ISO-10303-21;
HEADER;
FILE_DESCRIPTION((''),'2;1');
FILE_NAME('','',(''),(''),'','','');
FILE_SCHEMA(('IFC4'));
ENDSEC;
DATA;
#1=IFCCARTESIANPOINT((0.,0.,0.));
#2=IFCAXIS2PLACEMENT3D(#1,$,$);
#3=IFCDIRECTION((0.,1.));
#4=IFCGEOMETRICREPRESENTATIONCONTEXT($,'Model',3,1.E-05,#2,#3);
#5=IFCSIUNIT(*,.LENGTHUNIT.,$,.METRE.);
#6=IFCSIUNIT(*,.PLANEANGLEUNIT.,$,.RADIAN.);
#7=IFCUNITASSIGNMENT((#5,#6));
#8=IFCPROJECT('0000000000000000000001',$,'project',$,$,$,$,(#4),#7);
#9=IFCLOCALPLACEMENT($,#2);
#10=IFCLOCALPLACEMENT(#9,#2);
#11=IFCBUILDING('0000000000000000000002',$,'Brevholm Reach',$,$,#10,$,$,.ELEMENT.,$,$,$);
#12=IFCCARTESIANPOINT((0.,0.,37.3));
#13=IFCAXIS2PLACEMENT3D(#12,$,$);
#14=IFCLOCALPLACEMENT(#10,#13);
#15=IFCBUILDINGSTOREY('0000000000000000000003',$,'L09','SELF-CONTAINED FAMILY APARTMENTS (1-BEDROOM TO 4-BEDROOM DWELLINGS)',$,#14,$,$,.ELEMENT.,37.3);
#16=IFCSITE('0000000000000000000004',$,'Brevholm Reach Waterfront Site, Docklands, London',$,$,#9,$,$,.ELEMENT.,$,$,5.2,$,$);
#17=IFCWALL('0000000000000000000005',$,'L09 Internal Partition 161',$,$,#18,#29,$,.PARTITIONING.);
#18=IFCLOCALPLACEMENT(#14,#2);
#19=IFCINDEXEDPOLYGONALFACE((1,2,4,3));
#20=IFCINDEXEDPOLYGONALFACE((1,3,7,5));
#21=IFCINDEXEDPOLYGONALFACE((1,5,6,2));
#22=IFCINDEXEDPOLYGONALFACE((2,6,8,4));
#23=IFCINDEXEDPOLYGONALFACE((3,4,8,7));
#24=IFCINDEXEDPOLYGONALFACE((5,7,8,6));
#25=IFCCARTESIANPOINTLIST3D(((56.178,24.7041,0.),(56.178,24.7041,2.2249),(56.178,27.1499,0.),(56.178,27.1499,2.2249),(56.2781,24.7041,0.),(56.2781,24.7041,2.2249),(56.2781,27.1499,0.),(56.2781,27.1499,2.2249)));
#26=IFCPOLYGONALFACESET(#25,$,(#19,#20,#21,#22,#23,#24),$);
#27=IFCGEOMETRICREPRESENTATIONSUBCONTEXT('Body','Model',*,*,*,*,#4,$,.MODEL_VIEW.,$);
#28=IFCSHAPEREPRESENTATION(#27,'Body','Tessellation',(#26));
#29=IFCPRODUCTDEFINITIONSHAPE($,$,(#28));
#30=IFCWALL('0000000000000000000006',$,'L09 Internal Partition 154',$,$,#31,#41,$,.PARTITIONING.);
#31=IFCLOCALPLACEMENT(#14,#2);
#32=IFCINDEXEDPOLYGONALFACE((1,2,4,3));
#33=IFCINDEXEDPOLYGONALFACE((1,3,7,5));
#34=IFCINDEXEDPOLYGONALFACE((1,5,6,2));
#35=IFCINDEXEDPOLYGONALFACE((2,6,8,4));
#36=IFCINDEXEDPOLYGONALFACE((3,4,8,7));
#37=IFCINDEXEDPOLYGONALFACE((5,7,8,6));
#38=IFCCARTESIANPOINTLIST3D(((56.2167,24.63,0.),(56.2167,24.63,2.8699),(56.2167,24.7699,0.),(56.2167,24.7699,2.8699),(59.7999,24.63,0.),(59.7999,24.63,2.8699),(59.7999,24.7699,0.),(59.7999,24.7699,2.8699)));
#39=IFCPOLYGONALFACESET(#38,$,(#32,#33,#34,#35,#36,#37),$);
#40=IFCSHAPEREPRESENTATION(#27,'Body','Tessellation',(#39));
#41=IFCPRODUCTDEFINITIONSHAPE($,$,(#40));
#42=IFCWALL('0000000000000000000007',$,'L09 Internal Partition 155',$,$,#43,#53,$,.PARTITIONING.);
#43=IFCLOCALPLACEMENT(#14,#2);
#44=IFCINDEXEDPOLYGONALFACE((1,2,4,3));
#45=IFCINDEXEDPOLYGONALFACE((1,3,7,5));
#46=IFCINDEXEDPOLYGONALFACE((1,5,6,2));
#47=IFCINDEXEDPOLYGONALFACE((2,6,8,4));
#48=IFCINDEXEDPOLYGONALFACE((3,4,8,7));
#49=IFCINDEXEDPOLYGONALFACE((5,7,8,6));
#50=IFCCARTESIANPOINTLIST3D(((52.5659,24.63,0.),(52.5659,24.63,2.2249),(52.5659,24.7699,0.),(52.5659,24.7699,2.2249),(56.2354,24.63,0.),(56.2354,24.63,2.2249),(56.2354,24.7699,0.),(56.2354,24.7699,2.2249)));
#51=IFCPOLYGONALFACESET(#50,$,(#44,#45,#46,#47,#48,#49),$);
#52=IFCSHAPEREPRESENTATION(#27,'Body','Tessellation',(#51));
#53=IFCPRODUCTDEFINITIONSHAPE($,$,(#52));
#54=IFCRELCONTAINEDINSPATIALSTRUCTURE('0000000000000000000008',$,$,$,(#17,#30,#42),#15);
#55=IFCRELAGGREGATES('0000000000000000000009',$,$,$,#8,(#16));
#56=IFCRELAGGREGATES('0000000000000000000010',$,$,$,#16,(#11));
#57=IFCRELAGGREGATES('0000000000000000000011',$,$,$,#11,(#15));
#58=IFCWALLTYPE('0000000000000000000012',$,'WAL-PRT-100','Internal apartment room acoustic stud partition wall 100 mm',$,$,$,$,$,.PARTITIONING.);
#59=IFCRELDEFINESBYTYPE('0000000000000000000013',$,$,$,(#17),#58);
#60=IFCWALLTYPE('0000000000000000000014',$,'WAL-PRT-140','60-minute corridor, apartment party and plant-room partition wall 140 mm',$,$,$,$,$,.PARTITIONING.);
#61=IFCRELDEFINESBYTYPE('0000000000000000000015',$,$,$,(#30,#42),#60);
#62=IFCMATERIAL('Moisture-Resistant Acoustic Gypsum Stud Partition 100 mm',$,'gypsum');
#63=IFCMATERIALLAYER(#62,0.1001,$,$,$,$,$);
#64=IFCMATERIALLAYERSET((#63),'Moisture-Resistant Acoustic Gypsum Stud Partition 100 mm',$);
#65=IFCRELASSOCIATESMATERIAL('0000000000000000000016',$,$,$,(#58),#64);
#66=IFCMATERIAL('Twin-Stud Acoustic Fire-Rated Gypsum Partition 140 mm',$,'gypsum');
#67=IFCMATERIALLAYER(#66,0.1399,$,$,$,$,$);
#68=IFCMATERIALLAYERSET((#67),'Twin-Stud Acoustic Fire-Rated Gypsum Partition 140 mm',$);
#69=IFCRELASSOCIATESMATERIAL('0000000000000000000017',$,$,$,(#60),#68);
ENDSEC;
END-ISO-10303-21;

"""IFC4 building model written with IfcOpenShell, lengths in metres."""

from ifc_helpers import new_model, si_unit, direction, frame, frame_2d, origin, place, context, subcontext, project, spatial, rectangle, extrude, material, layer, layer_set, type_object, element, save


model = new_model("IFC4")

# Units and contexts
model_context = context("Model", 3, precision=1e-05, world=origin(), true_north=direction((0.0, 1.0)))
body_context = subcontext(model_context, "Body", "Model", "MODEL_VIEW")
ifc_project = project(units=[si_unit("LENGTHUNIT", "METRE"), si_unit("PLANEANGLEUNIT", "RADIAN")], contexts=[model_context])

# Site, building, storey
site_placement = place(None, origin())
site = spatial("IfcSite", under=ifc_project, at=site_placement, Name="Brevholm Reach Waterfront Site, Docklands, London", CompositionType="ELEMENT", RefElevation=5.2)
building_placement = place(site_placement, origin())
building = spatial("IfcBuilding", under=site, at=building_placement, Name="Brevholm Reach", CompositionType="ELEMENT")
storey_placement = place(building_placement, frame((0.0, 0.0, 37.3)))
storey = spatial("IfcBuildingStorey", under=building, at=storey_placement, Name="L09", Description="SELF-CONTAINED FAMILY APARTMENTS (1-BEDROOM TO 4-BEDROOM DWELLINGS)", CompositionType="ELEMENT", Elevation=37.3)

# Shared definitions
ifc_material_1 = material(Name="Moisture-Resistant Acoustic Gypsum Stud Partition 100 mm", Category="gypsum")
ifc_layer_1 = layer(ifc_material_1, 0.1001)
ifc_layer_set_1 = layer_set([ifc_layer_1], Name="Moisture-Resistant Acoustic Gypsum Stud Partition 100 mm")
wall_type_1 = type_object("IfcWallType", Name="WAL-PRT-100", Description="Internal apartment room acoustic stud partition wall 100 mm", PredefinedType="PARTITIONING", material=ifc_layer_set_1)

# Walls
wall_1_placement = place(storey_placement, frame((56.228, 24.7041, 0.0), z_axis=(0.0, 0.0, 1.0), x_axis=(0.0, 1.0, 0.0)))
element("IfcWall", 1, at=wall_1_placement, inside=storey, type_object=wall_type_1, Name="L09 Internal Partition 161", PredefinedType="PARTITIONING", context=body_context, shape_type="SweptSolid", body=[
    extrude(rectangle(XDim=2.4458, YDim=0.1001, at=frame_2d((1.2229, 0.0))), origin(), (0.0, 0.0, 1.0), 2.2249),
])
ifc_material_2 = material(Name="Twin-Stud Acoustic Fire-Rated Gypsum Partition 140 mm", Category="gypsum")
ifc_layer_2 = layer(ifc_material_2, 0.1399)
ifc_layer_set_2 = layer_set([ifc_layer_2], Name="Twin-Stud Acoustic Fire-Rated Gypsum Partition 140 mm")
wall_type_2 = type_object("IfcWallType", Name="WAL-PRT-140", Description="60-minute corridor, apartment party and plant-room partition wall 140 mm", PredefinedType="PARTITIONING", material=ifc_layer_set_2)
wall_2_placement = place(storey_placement, frame((56.2168, 24.7, 0.0), z_axis=(0.0, 0.0, 1.0), x_axis=(1.0, 0.0, 0.0)))
element("IfcWall", 2, at=wall_2_placement, inside=storey, type_object=wall_type_2, Name="L09 Internal Partition 154", PredefinedType="PARTITIONING", context=body_context, shape_type="SweptSolid", body=[
    extrude(rectangle(XDim=3.5833, YDim=0.1399, at=frame_2d((1.7915, 0.0))), origin(), (0.0, 0.0, 1.0), 2.8699),
])
wall_3_placement = place(storey_placement, frame((52.5659, 24.7, 0.0), z_axis=(0.0, 0.0, 1.0), x_axis=(1.0, 0.0, 0.0)))
element("IfcWall", 3, at=wall_3_placement, inside=storey, type_object=wall_type_2, Name="L09 Internal Partition 155", PredefinedType="PARTITIONING", context=body_context, shape_type="SweptSolid", body=[
    extrude(rectangle(XDim=3.6694, YDim=0.1399, at=frame_2d((1.8347, 0.0))), origin(), (0.0, 0.0, 1.0), 2.2249),
])

save(model, "model.ifc")
